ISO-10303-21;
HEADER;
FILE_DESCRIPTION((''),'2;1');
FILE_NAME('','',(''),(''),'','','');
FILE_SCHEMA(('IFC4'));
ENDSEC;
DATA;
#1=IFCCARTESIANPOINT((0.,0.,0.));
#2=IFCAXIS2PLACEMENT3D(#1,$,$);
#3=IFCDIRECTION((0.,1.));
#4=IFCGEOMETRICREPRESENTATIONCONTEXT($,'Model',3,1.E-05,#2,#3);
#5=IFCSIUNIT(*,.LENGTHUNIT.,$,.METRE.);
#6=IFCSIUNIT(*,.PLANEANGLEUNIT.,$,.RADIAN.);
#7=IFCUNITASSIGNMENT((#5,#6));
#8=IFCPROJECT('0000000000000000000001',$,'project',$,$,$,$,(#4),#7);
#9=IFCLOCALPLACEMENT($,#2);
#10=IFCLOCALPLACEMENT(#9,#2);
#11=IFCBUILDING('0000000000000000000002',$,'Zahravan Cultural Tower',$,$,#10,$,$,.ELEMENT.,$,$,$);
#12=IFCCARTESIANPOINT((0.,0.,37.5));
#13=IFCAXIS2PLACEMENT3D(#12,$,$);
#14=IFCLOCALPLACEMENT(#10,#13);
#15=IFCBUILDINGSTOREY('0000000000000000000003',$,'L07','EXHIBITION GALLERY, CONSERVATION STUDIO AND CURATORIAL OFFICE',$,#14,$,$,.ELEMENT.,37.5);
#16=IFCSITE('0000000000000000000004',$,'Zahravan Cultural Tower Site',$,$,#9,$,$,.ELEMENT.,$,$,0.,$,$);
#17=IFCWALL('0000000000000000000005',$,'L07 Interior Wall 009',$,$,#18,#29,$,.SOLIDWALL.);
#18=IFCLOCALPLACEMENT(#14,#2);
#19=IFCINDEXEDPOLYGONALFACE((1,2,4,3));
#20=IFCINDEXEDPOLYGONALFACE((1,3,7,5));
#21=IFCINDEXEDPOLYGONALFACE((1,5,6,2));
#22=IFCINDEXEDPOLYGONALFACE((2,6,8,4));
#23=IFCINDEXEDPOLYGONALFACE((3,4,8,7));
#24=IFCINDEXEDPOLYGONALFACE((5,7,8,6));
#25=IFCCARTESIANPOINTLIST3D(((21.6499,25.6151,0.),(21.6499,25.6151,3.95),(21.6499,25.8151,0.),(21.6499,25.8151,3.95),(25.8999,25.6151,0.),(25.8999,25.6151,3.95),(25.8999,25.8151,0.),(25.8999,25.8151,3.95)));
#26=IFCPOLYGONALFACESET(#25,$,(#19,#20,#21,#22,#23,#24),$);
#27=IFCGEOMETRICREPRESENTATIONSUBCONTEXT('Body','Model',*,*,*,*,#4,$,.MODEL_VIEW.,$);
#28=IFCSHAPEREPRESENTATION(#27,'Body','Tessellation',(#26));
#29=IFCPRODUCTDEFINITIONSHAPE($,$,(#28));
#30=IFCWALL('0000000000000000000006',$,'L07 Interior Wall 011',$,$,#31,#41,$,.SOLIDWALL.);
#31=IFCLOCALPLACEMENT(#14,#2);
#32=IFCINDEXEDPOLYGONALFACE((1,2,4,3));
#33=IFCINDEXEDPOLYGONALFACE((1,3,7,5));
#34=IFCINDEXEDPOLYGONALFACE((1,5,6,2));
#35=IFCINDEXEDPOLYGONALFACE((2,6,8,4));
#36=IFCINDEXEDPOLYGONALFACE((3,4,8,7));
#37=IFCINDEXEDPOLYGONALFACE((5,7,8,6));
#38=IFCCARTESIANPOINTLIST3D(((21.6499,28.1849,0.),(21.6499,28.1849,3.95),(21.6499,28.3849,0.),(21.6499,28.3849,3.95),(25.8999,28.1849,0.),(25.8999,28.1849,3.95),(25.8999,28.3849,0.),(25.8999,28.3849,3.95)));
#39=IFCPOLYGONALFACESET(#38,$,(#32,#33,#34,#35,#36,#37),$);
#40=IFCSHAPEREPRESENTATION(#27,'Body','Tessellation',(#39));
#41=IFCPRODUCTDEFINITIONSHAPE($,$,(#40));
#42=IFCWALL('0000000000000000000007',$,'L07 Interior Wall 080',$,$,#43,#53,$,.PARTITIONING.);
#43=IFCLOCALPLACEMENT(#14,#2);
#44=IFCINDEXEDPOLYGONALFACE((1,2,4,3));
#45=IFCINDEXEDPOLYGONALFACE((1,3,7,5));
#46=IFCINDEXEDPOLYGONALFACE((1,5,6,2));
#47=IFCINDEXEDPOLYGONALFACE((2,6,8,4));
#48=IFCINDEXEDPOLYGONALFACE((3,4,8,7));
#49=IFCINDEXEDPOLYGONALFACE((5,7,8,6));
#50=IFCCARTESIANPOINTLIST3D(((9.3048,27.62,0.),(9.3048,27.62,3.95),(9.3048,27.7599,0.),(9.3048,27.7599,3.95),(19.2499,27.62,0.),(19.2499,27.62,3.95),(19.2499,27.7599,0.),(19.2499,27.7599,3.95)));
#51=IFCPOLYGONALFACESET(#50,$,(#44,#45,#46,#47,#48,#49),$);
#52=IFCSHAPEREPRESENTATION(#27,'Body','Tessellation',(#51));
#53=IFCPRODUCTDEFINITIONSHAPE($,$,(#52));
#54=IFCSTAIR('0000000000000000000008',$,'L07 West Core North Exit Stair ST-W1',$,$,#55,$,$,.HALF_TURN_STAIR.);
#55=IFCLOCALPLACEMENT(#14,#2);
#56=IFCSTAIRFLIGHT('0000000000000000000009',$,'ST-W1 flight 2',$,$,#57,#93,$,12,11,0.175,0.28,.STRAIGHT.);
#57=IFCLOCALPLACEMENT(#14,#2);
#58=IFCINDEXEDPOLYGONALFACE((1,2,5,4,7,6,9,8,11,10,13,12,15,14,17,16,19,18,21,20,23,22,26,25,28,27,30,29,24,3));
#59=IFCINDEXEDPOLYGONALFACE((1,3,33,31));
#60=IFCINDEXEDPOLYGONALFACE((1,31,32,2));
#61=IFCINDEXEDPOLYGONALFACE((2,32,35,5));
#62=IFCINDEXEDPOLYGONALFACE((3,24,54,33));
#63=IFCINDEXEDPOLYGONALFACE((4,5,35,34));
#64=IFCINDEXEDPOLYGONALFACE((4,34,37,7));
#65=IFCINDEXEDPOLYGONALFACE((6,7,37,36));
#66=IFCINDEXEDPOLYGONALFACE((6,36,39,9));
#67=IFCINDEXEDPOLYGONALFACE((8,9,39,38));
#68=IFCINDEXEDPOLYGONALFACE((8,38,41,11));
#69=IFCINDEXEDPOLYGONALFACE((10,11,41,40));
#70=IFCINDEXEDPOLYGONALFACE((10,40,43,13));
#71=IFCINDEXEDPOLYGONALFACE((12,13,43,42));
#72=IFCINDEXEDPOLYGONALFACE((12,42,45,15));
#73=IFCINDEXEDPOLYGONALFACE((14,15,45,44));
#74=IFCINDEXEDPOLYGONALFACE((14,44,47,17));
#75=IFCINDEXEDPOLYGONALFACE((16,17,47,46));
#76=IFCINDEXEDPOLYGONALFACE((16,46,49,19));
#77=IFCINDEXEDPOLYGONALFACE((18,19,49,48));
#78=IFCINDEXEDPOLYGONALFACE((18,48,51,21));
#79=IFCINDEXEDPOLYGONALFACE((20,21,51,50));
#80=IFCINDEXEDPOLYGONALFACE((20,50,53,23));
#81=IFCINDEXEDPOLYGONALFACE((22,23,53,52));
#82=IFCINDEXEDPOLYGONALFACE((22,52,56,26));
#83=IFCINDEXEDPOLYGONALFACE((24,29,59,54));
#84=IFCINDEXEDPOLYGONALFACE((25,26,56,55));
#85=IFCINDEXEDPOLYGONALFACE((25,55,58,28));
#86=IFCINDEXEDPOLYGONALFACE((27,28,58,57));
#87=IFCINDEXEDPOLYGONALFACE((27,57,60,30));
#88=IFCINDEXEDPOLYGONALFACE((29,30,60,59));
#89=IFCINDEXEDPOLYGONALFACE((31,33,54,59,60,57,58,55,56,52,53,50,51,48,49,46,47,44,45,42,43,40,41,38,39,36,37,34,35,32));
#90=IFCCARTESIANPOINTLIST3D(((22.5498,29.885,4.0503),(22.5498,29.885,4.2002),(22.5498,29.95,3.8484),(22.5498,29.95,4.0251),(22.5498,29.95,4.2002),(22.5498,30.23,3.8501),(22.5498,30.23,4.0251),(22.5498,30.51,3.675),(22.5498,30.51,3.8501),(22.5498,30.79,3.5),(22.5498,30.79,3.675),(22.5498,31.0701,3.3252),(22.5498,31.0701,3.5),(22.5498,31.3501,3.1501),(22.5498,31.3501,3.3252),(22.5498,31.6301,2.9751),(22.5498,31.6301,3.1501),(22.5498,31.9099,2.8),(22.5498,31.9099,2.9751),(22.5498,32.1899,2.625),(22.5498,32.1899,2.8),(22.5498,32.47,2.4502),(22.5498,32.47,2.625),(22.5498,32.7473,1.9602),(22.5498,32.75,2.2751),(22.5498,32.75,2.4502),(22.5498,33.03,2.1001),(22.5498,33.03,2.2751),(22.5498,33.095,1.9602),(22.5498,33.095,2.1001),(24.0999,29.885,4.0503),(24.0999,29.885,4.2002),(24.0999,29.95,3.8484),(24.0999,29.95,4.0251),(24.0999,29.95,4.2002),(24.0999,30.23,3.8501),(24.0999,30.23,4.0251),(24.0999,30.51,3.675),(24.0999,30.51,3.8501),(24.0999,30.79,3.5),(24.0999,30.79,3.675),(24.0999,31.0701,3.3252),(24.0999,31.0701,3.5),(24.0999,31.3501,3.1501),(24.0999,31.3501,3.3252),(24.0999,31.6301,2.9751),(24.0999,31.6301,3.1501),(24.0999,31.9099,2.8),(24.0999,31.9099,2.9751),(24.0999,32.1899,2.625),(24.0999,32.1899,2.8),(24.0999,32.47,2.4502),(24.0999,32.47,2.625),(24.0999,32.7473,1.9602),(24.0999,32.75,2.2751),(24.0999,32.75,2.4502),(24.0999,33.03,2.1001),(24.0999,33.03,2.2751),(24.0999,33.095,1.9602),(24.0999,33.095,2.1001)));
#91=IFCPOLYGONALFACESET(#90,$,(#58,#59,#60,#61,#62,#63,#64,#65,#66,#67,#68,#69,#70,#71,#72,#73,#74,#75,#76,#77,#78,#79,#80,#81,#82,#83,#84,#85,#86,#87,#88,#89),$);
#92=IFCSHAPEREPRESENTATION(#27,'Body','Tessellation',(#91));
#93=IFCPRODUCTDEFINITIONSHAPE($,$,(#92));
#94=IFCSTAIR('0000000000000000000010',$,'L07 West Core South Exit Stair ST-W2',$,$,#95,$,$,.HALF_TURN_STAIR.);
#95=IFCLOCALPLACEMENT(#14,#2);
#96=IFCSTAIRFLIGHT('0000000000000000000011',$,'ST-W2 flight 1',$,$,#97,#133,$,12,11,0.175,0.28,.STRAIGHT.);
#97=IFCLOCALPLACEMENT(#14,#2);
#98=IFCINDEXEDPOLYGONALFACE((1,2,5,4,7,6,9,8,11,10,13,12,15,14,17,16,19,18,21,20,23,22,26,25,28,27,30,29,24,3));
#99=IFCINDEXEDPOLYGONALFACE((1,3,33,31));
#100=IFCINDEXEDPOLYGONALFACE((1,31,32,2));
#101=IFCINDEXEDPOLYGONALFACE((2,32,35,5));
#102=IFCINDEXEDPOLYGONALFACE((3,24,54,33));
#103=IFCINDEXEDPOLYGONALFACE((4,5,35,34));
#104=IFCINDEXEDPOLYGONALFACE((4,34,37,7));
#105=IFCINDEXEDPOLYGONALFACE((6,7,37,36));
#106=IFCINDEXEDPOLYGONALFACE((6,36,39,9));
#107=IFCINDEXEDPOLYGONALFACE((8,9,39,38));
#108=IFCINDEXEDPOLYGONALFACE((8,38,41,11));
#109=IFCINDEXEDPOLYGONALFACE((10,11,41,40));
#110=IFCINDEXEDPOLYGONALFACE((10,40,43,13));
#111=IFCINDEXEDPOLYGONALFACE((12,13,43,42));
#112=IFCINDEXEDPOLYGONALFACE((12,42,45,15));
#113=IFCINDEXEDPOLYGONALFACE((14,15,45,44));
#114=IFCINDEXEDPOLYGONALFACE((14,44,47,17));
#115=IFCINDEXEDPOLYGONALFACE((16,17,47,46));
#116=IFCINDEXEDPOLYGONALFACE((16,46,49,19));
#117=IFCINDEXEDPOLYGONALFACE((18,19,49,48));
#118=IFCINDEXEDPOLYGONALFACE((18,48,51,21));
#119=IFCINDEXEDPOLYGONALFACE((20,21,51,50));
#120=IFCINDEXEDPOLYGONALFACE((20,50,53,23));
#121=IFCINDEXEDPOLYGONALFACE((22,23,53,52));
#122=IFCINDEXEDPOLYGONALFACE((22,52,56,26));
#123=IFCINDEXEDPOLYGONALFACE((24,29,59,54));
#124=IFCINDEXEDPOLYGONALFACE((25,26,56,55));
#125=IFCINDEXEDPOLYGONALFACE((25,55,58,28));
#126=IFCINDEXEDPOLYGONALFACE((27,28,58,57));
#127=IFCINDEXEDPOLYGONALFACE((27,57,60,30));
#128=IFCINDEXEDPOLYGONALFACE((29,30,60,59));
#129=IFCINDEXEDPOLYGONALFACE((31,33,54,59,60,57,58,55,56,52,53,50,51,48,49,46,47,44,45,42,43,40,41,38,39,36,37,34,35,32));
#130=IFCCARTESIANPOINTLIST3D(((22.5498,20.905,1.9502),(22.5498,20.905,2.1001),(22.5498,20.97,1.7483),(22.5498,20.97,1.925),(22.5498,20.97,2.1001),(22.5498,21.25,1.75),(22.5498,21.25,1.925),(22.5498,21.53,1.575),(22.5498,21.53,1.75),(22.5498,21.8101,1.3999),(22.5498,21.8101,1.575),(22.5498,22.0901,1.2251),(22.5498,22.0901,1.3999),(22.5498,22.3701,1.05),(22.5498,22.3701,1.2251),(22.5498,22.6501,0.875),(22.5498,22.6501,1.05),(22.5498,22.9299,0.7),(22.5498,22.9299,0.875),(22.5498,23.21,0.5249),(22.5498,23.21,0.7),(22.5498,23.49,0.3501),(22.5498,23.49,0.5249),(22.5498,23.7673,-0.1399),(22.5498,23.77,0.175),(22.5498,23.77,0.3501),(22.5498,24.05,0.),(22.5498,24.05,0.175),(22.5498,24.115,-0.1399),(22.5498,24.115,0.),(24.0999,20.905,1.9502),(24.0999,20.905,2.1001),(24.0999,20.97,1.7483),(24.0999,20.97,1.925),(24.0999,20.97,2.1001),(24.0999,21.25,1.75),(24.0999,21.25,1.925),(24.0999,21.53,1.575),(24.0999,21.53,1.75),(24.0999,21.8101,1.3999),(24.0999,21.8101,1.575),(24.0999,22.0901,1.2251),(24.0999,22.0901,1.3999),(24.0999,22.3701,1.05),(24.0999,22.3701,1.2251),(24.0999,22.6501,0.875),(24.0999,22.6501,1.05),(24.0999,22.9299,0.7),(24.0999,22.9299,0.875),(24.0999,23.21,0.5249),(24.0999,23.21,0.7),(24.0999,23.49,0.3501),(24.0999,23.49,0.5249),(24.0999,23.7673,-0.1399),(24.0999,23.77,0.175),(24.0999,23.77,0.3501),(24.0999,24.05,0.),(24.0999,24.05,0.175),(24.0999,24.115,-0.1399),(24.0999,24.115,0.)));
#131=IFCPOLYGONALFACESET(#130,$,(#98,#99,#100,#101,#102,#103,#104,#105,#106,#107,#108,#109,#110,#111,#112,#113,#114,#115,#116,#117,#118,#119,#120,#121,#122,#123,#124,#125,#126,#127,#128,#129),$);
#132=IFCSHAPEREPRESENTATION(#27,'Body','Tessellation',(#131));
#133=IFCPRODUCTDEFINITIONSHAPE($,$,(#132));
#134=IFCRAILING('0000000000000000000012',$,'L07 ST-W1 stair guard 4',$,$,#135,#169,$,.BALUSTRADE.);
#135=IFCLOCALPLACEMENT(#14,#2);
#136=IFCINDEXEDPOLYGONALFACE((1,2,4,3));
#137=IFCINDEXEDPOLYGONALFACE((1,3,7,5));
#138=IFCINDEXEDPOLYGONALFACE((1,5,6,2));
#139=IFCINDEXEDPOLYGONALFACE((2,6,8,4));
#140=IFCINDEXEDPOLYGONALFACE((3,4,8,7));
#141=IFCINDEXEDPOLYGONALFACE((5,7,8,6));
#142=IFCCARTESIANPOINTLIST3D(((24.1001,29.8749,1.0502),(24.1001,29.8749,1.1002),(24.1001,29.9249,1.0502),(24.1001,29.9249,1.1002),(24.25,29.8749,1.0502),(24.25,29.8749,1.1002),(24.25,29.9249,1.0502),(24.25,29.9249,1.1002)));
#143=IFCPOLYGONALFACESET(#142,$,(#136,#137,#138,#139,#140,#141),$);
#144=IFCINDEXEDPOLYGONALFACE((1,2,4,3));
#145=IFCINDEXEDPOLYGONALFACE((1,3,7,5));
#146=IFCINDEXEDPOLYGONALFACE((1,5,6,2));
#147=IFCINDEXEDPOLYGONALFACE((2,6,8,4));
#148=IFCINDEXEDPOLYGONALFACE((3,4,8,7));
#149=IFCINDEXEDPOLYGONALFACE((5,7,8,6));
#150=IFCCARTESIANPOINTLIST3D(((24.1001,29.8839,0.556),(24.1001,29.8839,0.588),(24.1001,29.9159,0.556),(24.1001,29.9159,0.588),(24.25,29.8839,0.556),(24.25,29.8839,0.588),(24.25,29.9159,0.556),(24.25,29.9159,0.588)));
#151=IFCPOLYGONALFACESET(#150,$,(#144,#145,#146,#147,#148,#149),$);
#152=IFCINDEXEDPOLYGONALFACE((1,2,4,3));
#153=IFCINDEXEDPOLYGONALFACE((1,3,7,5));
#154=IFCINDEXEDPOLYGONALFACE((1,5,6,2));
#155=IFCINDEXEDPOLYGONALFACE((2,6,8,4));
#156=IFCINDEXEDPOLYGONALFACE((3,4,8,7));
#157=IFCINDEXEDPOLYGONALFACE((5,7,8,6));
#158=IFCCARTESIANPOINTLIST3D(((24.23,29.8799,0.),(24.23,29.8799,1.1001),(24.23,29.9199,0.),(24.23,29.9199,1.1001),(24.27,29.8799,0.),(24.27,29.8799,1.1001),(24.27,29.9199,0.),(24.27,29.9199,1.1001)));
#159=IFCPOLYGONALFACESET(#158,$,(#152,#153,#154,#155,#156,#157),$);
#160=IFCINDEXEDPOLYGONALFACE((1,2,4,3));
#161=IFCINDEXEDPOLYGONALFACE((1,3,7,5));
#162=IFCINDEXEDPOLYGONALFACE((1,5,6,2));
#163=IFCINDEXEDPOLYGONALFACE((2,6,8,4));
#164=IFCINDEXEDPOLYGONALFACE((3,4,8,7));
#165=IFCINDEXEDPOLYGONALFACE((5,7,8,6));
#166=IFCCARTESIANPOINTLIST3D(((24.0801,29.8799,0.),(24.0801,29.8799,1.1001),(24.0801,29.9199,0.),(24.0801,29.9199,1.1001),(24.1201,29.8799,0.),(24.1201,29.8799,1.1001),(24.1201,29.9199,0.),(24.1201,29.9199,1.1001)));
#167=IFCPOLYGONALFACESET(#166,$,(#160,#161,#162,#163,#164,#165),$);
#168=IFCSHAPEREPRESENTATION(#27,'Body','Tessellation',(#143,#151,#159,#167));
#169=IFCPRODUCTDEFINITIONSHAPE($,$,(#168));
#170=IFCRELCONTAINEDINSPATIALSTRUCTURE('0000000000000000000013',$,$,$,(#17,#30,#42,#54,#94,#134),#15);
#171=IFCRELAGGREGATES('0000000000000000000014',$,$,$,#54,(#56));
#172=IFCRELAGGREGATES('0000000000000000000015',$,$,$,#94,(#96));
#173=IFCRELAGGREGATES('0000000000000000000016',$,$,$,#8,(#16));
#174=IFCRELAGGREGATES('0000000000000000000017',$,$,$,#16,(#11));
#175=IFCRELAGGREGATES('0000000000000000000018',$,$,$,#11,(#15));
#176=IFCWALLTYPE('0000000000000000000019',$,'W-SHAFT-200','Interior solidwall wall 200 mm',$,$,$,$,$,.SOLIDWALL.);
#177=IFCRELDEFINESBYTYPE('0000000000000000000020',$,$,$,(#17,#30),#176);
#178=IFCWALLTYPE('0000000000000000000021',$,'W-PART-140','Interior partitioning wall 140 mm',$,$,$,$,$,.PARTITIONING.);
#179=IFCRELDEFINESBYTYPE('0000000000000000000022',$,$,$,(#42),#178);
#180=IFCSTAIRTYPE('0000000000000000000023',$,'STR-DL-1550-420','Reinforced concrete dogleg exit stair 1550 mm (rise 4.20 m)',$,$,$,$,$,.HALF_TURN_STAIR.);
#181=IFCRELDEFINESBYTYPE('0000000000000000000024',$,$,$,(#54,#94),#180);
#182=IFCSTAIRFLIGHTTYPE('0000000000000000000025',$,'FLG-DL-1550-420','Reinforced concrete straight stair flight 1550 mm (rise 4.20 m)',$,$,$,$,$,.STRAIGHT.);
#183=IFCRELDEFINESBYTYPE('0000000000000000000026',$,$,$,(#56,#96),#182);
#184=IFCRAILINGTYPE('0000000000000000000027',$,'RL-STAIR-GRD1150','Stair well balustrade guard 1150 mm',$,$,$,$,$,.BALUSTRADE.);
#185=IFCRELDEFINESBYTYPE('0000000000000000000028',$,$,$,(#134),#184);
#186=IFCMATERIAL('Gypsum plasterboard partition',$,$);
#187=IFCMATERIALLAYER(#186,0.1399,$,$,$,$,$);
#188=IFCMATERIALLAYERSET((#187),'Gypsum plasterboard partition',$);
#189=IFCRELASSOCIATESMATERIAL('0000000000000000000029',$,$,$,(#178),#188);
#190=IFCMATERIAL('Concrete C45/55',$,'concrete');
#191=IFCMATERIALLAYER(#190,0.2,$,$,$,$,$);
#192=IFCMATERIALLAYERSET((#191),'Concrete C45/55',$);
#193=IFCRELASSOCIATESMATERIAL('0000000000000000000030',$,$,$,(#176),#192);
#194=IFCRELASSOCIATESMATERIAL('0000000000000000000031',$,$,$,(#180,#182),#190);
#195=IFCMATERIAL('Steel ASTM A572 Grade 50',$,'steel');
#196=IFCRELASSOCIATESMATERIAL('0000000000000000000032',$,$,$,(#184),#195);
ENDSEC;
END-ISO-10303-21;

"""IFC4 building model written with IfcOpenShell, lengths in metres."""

from ifc_helpers import new_model, si_unit, direction, frame, frame_2d, origin, origin_2d, place, context, subcontext, project, spatial, polyline, rectangle, outline, extrude, source, transform, mapped, material, layer, layer_set, type_object, element, aggregate, save


model = new_model("IFC4")

# Units and contexts
model_context = context("Model", 3, precision=1e-05, world=origin(), true_north=direction((0.0, 1.0)))
body_context = subcontext(model_context, "Body", "Model", "MODEL_VIEW")
ifc_project = project(units=[si_unit("LENGTHUNIT", "METRE"), si_unit("PLANEANGLEUNIT", "RADIAN")], contexts=[model_context])

# Site, building, storey
site_placement = place(None, origin())
site = spatial("IfcSite", under=ifc_project, at=site_placement, Name="Zahravan Cultural Tower Site", CompositionType="ELEMENT", RefElevation=0.0)
building_placement = place(site_placement, origin())
building = spatial("IfcBuilding", under=site, at=building_placement, Name="Zahravan Cultural Tower", CompositionType="ELEMENT")
storey_placement = place(building_placement, frame((0.0, 0.0, 37.5)))
storey = spatial("IfcBuildingStorey", under=building, at=storey_placement, Name="L07", Description="EXHIBITION GALLERY, CONSERVATION STUDIO AND CURATORIAL OFFICE", CompositionType="ELEMENT", Elevation=37.5)

# Shared definitions
ifc_material_1 = material(Name="Steel ASTM A572 Grade 50", Category="steel")

# Shared definitions
ifc_material_2 = material(Name="Gypsum plasterboard partition")
ifc_layer_1 = layer(ifc_material_2, 0.1399)
ifc_layer_set_1 = layer_set([ifc_layer_1], Name="Gypsum plasterboard partition")
wall_type_1 = type_object("IfcWallType", Name="W-PART-140", Description="Interior partitioning wall 140 mm", PredefinedType="PARTITIONING", material=ifc_layer_set_1)

# Walls
ifc_material_3 = material(Name="Concrete C45/55", Category="concrete")
ifc_layer_2 = layer(ifc_material_3, 0.2)
ifc_layer_set_2 = layer_set([ifc_layer_2], Name="Concrete C45/55")
wall_type_2 = type_object("IfcWallType", Name="W-SHAFT-200", Description="Interior solidwall wall 200 mm", PredefinedType="SOLIDWALL", material=ifc_layer_set_2)
shared_shape_1 = source(origin(), body_context, "Body", "SweptSolid", [
    extrude(rectangle(XDim=4.25, YDim=0.2, at=frame_2d((2.125, 0.0))), origin(), (0.0, 0.0, 1.0), 3.95),
])
for number, where, z_axis, x_axis, name in (
    (1, (21.6499, 25.7151, 0.0), (0.0, 0.0, 1.0), (1.0, 0.0, 0.0), "L07 Interior Wall 009"),
    (2, (21.6499, 28.2849, 0.0), (0.0, 0.0, 1.0), (1.0, 0.0, 0.0), "L07 Interior Wall 011"),
):
    element("IfcWall", number, at=place(storey_placement, frame(where, z_axis=z_axis, x_axis=x_axis)), inside=storey, type_object=wall_type_2, Name=name, PredefinedType="SOLIDWALL", context=body_context, shape_type="MappedRepresentation", body=[
        mapped(shared_shape_1, transform((0.0, 0.0, 0.0), x_axis=(1.0, 0.0, 0.0), y_axis=(0.0, 1.0, 0.0), z_axis=(0.0, 0.0, 1.0), scale=1.0)),
    ])
shared_shape_2 = source(origin(), body_context, "Body", "SweptSolid", [
    extrude(rectangle(XDim=9.9451, YDim=0.1399, at=frame_2d((4.9727, 0.0))), origin(), (0.0, 0.0, 1.0), 3.95),
])
wall_1_placement = place(storey_placement, frame((19.25, 27.6899, 0.0), z_axis=(0.0, 0.0, 1.0), x_axis=(-1.0, 0.0, 0.0)))
element("IfcWall", 3, at=wall_1_placement, inside=storey, type_object=wall_type_1, Name="L07 Interior Wall 080", PredefinedType="PARTITIONING", context=body_context, shape_type="MappedRepresentation", body=[
    mapped(shared_shape_2, transform((0.0, 0.0, 0.0), x_axis=(1.0, 0.0, 0.0), y_axis=(0.0, 1.0, 0.0), z_axis=(0.0, 0.0, 1.0), scale=1.0)),
])

# Stairs, stair flights
stair_type = type_object("IfcStairType", Name="STR-DL-1550-420", Description="Reinforced concrete dogleg exit stair 1550 mm (rise 4.20 m)", PredefinedType="HALF_TURN_STAIR", material=ifc_material_3)
stair_1_placement = place(storey_placement, origin())
stair_1 = element("IfcStair", 4, at=stair_1_placement, inside=storey, type_object=stair_type, Name="L07 West Core North Exit Stair ST-W1", PredefinedType="HALF_TURN_STAIR")
stair_flight_type = type_object("IfcStairFlightType", Name="FLG-DL-1550-420", Description="Reinforced concrete straight stair flight 1550 mm (rise 4.20 m)", PredefinedType="STRAIGHT", material=ifc_material_3)
stair_flight_1_placement = place(storey_placement, frame((23.325, 33.03, 2.1001), z_axis=(0.0, 0.0, 1.0), x_axis=(0.0, -1.0, 0.0)))
stair_flight_1 = element("IfcStairFlight", 5, at=stair_flight_1_placement, type_object=stair_flight_type, Name="ST-W1 flight 2", NumberOfRisers=12, NumberOfTreads=11, PredefinedType="STRAIGHT", RiserHeight=0.175, TreadLength=0.28, context=body_context, shape_type="SweptSolid", body=[
    extrude(outline(polyline([(-0.0649, -0.1399), (-0.0649, 0.0), (0.0, 0.0), (0.0, 0.175), (0.28, 0.175), (0.28, 0.3501), (0.5601, 0.3501), (0.5601, 0.5249), (0.8401, 0.5249), (0.8401, 0.7), (1.1201, 0.7), (1.1201, 0.875), (1.3999, 0.875), (1.3999, 1.05), (1.6799, 1.05), (1.6799, 1.2251), (1.96, 1.2251), (1.96, 1.3999), (2.24, 1.3999), (2.24, 1.575), (2.52, 1.575), (2.52, 1.75), (2.8, 1.75), (2.8, 1.925), (3.0801, 1.925), (3.0801, 2.1001), (3.145, 2.1001), (3.145, 1.9502), (3.0801, 1.7483), (0.2827, -0.1399), (-0.0649, -0.1399)])), frame((0.0, 0.7749, 0.0), z_axis=(0.0, -1.0, 0.0), x_axis=(1.0, 0.0, 0.0)), (0.0, 0.0, 1.0), 1.55),
])
aggregate(stair_1, [stair_flight_1])
stair_2_placement = place(storey_placement, origin())
stair_2 = element("IfcStair", 6, at=stair_2_placement, inside=storey, type_object=stair_type, Name="L07 West Core South Exit Stair ST-W2", PredefinedType="HALF_TURN_STAIR")
stair_flight_2_placement = place(storey_placement, frame((23.325, 24.05, 0.0), z_axis=(0.0, 0.0, 1.0), x_axis=(0.0, -1.0, 0.0)))
stair_flight_2 = element("IfcStairFlight", 7, at=stair_flight_2_placement, type_object=stair_flight_type, Name="ST-W2 flight 1", NumberOfRisers=12, NumberOfTreads=11, PredefinedType="STRAIGHT", RiserHeight=0.175, TreadLength=0.28, context=body_context, shape_type="SweptSolid", body=[
    extrude(outline(polyline([(-0.0649, -0.1399), (-0.0649, 0.0), (0.0, 0.0), (0.0, 0.175), (0.28, 0.175), (0.28, 0.3501), (0.5601, 0.3501), (0.5601, 0.5249), (0.8401, 0.5249), (0.8401, 0.7), (1.1201, 0.7), (1.1201, 0.875), (1.3999, 0.875), (1.3999, 1.05), (1.6799, 1.05), (1.6799, 1.2251), (1.96, 1.2251), (1.96, 1.3999), (2.24, 1.3999), (2.24, 1.575), (2.52, 1.575), (2.52, 1.75), (2.8, 1.75), (2.8, 1.925), (3.0801, 1.925), (3.0801, 2.1001), (3.145, 2.1001), (3.145, 1.9502), (3.0801, 1.7483), (0.2827, -0.1399), (-0.0649, -0.1399)])), frame((0.0, 0.7749, 0.0), z_axis=(0.0, -1.0, 0.0), x_axis=(1.0, 0.0, 0.0)), (0.0, 0.0, 1.0), 1.55),
])
aggregate(stair_2, [stair_flight_2])

# Railing
railing_type_1 = type_object("IfcRailingType", Name="RL-STAIR-GRD1150", Description="Stair well balustrade guard 1150 mm", PredefinedType="BALUSTRADE", material=ifc_material_1)
railing_1_placement = place(storey_placement, frame((24.25, 29.8999, 0.0)))
element("IfcRailing", 8, at=railing_1_placement, inside=storey, type_object=railing_type_1, Name="L07 ST-W1 stair guard 4", PredefinedType="BALUSTRADE", context=body_context, shape_type="SweptSolid", body=[
    extrude(rectangle(XDim=0.05, YDim=0.05, at=origin_2d()), frame((0.0, 0.0, 1.0752), z_axis=(-1.0, 0.0, 0.0), x_axis=(0.0, -1.0, 0.0)), (0.0, 0.0, 1.0), 0.1499),
    extrude(rectangle(XDim=0.032, YDim=0.032, at=origin_2d()), frame((0.0, 0.0, 0.572), z_axis=(-1.0, 0.0, 0.0), x_axis=(0.0, -1.0, 0.0)), (0.0, 0.0, 1.0), 0.1499),
    extrude(rectangle(XDim=0.04, YDim=0.04, at=origin_2d()), origin(), (0.0, 0.0, 1.0), 1.1001),
    extrude(rectangle(XDim=0.04, YDim=0.04, at=origin_2d()), frame((-0.1499, 0.0, 0.0)), (0.0, 0.0, 1.0), 1.1001),
])

save(model, "model.ifc")
